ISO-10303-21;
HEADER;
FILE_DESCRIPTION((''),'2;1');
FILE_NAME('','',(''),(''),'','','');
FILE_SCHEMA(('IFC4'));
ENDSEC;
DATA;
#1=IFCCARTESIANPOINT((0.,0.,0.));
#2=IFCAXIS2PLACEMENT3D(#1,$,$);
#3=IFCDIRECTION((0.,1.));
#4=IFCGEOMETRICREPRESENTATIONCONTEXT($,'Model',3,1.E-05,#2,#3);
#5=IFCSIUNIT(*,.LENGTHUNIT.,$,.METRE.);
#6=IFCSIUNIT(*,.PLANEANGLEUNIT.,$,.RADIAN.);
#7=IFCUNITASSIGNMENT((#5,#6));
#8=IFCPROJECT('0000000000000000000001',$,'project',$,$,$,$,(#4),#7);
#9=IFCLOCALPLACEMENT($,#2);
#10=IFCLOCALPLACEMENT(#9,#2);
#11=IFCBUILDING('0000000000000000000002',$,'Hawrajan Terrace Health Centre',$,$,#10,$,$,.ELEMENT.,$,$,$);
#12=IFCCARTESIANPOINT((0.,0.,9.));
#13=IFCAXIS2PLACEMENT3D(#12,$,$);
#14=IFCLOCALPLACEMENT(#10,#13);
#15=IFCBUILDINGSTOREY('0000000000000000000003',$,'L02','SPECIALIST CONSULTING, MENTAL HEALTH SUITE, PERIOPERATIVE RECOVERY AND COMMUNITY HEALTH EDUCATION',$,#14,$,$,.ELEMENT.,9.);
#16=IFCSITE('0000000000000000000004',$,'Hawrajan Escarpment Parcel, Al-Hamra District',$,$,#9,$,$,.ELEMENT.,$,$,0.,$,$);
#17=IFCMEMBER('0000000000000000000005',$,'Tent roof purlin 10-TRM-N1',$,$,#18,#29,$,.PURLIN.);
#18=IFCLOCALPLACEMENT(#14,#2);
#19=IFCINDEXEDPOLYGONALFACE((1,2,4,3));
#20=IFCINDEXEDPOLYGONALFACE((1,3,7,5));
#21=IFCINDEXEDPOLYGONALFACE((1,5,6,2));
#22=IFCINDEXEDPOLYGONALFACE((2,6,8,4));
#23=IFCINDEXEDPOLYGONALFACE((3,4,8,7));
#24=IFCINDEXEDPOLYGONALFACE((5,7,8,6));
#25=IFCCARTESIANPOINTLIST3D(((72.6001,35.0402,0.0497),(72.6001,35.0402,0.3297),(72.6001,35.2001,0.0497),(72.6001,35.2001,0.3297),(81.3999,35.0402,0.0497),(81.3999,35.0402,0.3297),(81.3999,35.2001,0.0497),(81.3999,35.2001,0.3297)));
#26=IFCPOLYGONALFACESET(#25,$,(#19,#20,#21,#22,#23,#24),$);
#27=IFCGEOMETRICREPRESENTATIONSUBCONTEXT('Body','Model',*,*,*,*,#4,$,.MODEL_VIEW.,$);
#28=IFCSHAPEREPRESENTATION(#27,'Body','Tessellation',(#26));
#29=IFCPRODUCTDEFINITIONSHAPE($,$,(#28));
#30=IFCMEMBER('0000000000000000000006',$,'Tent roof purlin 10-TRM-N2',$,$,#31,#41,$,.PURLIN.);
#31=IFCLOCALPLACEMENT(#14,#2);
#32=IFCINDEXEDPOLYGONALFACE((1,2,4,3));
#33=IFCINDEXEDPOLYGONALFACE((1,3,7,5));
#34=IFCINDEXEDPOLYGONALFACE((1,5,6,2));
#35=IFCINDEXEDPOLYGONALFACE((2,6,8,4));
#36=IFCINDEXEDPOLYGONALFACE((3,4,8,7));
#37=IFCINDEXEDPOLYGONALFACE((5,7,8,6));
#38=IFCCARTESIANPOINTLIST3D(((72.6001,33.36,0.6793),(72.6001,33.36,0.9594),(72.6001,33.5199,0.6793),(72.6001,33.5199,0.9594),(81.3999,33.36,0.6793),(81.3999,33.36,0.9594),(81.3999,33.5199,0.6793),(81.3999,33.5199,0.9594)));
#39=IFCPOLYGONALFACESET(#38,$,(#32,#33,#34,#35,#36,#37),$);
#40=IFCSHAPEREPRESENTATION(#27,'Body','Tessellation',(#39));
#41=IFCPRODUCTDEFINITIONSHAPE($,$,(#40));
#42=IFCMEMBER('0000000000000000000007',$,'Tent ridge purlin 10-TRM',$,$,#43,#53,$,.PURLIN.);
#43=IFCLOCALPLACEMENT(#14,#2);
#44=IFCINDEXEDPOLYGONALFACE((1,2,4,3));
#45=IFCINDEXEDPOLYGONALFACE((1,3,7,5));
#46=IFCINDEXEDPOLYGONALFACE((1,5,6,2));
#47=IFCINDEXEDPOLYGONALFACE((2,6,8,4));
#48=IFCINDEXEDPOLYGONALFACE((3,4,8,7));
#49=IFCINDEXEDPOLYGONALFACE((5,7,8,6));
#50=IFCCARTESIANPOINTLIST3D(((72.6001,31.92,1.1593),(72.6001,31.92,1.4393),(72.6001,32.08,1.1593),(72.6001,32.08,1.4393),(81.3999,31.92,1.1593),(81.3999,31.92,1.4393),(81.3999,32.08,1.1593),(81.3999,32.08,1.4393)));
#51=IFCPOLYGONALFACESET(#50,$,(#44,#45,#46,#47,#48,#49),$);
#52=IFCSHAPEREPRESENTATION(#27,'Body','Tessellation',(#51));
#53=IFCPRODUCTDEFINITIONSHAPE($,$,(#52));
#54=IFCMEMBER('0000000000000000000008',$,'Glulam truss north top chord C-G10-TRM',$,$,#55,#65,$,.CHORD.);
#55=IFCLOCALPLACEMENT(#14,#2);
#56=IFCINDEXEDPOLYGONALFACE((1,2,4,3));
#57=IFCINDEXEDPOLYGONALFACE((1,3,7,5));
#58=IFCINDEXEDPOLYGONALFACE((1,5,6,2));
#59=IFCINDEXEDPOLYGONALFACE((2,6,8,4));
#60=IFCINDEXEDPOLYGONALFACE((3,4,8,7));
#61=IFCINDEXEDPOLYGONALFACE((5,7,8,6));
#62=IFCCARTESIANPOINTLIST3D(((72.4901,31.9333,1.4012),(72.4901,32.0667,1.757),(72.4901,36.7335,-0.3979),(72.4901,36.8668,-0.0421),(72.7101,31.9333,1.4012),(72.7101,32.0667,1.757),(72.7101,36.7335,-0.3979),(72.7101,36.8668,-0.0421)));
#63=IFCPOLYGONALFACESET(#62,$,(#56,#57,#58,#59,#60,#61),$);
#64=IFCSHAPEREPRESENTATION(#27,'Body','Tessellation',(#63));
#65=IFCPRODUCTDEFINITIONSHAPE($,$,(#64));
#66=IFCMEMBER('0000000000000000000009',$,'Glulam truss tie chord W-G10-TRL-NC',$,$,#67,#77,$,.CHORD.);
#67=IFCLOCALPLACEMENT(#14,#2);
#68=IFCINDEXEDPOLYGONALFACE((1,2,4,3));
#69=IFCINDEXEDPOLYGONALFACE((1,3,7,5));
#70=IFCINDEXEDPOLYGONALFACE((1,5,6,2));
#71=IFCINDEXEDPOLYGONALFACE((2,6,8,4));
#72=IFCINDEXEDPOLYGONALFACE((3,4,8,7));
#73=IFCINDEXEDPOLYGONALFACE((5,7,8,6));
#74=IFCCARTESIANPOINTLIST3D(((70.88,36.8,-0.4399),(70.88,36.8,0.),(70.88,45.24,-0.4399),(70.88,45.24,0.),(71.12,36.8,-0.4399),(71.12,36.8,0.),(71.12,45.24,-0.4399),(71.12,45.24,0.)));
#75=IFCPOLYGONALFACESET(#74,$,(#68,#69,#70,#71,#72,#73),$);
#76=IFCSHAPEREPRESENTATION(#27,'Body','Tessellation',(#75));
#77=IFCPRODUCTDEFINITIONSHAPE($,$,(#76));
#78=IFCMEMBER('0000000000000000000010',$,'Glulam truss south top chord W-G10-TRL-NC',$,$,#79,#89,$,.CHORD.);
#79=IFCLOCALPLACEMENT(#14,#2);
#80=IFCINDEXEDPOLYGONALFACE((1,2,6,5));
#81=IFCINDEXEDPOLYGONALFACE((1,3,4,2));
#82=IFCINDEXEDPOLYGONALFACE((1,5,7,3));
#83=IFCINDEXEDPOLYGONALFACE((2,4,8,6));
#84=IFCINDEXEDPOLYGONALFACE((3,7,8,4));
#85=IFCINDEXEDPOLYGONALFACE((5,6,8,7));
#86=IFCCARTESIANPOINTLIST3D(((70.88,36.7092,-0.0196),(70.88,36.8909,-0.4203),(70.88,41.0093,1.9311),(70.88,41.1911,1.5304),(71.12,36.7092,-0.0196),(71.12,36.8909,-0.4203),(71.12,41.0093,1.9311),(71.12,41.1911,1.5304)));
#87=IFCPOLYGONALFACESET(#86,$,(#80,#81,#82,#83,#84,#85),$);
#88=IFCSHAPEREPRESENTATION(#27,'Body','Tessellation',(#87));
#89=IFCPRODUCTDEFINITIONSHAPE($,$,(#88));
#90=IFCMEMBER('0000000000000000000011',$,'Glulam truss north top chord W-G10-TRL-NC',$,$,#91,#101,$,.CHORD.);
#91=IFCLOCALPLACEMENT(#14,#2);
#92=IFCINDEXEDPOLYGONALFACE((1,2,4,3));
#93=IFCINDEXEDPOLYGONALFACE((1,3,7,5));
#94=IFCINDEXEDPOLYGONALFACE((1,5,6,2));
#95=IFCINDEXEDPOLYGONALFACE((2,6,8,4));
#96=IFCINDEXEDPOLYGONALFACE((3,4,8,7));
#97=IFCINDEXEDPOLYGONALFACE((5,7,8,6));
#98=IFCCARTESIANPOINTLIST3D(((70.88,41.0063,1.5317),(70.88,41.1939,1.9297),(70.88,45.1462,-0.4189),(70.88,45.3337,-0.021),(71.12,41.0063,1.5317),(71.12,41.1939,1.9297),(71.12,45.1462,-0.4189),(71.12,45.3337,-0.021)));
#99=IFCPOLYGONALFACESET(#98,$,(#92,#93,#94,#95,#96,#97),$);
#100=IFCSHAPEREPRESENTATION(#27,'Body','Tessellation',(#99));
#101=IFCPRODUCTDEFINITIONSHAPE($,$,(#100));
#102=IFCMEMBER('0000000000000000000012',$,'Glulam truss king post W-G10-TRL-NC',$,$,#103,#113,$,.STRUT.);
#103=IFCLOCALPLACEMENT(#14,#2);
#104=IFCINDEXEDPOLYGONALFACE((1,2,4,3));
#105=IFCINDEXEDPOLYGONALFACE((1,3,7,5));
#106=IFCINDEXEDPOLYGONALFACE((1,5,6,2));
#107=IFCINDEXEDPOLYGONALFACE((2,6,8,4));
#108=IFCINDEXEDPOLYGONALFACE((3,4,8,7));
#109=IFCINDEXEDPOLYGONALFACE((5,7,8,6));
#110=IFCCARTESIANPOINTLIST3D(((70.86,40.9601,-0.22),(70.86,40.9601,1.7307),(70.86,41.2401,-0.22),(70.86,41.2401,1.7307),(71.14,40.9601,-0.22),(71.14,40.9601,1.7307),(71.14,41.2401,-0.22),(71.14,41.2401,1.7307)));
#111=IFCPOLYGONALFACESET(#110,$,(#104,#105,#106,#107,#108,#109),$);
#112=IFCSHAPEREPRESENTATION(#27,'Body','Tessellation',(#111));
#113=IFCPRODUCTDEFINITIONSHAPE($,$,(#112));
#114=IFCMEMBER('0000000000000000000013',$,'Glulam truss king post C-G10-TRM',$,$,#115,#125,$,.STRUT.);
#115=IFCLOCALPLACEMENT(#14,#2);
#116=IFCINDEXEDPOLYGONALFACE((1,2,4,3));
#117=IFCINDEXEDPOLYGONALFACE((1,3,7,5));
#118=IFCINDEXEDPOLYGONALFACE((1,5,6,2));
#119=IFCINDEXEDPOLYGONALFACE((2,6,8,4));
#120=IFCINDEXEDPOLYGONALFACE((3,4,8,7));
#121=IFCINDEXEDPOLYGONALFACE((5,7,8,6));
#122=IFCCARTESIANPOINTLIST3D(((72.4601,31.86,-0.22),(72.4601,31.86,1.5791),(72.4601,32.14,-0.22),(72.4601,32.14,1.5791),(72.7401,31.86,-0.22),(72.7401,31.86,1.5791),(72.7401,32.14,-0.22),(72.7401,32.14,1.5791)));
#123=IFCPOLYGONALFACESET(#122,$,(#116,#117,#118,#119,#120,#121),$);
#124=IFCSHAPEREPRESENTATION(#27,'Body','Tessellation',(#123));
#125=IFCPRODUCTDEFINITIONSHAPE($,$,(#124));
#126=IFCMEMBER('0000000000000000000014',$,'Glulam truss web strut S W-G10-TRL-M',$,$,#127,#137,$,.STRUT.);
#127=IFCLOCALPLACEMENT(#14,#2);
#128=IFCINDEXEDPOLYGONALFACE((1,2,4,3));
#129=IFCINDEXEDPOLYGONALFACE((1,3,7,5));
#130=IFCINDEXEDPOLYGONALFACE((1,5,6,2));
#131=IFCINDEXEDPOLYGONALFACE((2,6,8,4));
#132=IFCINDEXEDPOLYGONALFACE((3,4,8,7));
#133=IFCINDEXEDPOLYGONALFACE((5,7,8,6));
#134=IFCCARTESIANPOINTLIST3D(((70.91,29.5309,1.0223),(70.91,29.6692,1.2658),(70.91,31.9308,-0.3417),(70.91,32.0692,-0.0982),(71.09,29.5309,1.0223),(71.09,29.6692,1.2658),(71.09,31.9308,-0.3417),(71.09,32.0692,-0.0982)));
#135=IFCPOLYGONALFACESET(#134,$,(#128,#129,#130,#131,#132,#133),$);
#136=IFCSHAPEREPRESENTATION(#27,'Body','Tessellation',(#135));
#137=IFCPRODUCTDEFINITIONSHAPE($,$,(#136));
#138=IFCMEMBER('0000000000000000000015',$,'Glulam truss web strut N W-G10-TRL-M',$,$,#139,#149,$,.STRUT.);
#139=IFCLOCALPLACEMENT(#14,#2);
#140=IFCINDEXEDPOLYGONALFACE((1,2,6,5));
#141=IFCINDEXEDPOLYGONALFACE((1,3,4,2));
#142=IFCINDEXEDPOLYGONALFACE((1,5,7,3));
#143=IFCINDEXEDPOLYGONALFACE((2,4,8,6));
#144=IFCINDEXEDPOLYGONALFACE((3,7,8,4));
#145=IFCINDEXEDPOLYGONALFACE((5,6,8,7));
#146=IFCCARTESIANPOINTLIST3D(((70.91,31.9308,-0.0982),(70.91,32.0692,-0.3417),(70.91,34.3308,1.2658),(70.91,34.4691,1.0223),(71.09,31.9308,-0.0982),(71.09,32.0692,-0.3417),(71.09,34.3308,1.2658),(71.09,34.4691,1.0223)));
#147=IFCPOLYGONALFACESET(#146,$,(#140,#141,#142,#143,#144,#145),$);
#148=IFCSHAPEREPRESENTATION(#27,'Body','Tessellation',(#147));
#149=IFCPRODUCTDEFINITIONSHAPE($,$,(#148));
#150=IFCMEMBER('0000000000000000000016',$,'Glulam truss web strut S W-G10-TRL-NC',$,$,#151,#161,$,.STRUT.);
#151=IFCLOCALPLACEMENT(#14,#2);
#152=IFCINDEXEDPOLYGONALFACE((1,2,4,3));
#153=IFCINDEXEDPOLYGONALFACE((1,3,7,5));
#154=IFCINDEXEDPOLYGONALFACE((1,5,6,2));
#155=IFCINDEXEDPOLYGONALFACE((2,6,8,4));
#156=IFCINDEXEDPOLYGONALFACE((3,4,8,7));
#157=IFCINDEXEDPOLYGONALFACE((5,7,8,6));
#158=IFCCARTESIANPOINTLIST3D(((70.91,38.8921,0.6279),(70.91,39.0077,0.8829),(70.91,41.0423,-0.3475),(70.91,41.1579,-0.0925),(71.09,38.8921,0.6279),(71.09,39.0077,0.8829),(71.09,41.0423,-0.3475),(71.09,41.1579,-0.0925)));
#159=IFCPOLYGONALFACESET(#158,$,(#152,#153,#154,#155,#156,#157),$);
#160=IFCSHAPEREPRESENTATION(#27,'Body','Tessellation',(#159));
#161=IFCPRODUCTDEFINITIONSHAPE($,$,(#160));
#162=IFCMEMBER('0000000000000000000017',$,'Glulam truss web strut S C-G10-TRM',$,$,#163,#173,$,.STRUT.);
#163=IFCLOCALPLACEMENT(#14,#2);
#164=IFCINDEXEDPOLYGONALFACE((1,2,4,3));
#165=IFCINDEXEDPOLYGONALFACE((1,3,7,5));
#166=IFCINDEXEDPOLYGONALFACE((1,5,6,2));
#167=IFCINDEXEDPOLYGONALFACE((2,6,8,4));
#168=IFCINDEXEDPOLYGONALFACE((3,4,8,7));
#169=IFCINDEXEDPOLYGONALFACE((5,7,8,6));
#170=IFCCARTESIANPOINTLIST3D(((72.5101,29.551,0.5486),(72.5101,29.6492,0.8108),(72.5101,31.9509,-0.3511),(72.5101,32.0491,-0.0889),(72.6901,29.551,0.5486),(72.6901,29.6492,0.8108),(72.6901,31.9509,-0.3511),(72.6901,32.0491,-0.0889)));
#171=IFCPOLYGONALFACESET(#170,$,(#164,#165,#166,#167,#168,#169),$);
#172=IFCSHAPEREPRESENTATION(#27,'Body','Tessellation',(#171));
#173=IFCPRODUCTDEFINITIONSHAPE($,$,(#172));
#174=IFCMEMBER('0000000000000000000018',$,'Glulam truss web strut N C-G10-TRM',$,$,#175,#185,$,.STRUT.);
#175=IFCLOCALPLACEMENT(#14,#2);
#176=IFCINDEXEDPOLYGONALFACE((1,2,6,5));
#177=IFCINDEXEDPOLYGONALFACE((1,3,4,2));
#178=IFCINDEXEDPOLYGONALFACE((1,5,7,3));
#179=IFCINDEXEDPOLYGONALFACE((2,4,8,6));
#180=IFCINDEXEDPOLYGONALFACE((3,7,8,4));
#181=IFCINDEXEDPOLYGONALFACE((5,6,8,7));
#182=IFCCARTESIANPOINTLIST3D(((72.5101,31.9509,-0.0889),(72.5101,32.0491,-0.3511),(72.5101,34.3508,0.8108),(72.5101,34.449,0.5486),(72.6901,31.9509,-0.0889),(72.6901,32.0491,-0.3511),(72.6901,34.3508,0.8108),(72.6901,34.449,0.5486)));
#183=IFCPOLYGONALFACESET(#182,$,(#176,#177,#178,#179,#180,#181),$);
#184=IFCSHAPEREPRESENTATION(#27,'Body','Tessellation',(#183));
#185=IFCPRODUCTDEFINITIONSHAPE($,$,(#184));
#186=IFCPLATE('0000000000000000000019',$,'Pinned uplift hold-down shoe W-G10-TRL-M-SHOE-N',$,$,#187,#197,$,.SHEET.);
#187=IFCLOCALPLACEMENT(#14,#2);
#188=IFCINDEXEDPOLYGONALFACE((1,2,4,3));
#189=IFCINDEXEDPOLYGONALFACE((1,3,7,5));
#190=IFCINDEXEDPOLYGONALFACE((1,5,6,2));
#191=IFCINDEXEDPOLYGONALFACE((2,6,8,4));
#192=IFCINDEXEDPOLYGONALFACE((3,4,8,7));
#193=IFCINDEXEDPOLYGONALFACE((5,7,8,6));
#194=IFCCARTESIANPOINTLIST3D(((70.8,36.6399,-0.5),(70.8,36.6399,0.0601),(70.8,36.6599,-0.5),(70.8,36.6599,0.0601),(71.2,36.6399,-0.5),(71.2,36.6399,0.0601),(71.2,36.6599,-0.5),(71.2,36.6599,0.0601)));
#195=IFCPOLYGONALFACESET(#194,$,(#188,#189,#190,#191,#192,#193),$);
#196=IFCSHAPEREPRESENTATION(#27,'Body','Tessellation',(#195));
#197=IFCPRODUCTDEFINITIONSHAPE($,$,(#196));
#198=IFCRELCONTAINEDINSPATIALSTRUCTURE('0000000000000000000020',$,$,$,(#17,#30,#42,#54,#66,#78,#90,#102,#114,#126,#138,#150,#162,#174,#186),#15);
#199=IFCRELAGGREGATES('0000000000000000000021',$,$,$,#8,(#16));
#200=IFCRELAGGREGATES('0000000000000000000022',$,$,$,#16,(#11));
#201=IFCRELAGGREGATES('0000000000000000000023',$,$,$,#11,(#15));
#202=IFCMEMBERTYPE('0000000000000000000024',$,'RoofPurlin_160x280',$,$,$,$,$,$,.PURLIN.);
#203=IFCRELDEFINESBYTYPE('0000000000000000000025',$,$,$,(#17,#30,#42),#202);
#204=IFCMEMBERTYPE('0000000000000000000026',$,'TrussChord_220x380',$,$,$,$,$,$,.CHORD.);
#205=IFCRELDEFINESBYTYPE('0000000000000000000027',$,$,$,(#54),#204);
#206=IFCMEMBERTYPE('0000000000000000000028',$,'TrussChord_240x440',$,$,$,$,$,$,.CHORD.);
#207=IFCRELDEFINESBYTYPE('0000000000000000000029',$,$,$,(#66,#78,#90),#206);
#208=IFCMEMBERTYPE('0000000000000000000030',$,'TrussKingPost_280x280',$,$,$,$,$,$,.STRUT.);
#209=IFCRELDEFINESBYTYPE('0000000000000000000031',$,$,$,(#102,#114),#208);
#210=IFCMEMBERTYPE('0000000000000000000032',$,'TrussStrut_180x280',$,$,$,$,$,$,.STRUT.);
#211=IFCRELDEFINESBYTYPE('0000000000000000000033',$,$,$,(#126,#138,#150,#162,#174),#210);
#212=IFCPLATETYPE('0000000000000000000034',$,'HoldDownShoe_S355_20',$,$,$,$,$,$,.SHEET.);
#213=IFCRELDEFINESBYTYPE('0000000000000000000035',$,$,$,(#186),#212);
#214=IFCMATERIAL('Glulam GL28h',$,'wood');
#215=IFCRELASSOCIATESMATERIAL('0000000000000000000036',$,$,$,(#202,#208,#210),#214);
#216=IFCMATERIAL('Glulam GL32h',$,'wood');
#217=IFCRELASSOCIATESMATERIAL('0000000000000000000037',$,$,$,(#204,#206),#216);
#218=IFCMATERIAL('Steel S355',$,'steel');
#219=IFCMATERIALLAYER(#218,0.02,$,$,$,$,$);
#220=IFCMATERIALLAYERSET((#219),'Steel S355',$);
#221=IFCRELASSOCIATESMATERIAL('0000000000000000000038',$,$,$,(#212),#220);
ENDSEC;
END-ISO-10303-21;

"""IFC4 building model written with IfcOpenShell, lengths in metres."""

from ifc_helpers import new_model, si_unit, direction, frame, origin, origin_2d, place, context, subcontext, project, spatial, rectangle, extrude, material, layer, layer_set, material_profile, profile_set, type_object, element, save


model = new_model("IFC4")

# Units and contexts
model_context = context("Model", 3, precision=1e-05, world=origin(), true_north=direction((0.0, 1.0)))
body_context = subcontext(model_context, "Body", "Model", "MODEL_VIEW")
ifc_project = project(units=[si_unit("LENGTHUNIT", "METRE"), si_unit("PLANEANGLEUNIT", "RADIAN")], contexts=[model_context])

# Site, building, storey
site_placement = place(None, origin())
site = spatial("IfcSite", under=ifc_project, at=site_placement, Name="Hawrajan Escarpment Parcel, Al-Hamra District", CompositionType="ELEMENT", RefElevation=0.0)
building_placement = place(site_placement, origin())
building = spatial("IfcBuilding", under=site, at=building_placement, Name="Hawrajan Terrace Health Centre", CompositionType="ELEMENT")
storey_placement = place(building_placement, frame((0.0, 0.0, 9.0)))
storey = spatial("IfcBuildingStorey", under=building, at=storey_placement, Name="L02", Description="SPECIALIST CONSULTING, MENTAL HEALTH SUITE, PERIOPERATIVE RECOVERY AND COMMUNITY HEALTH EDUCATION", CompositionType="ELEMENT", Elevation=9.0)

# Members
ifc_material_1 = material(Name="Glulam GL28h", Category="wood")
ifc_material_profile_1 = material_profile(ifc_material_1, rectangle(XDim=0.1599, YDim=0.28, at=origin_2d()), Name="GL PUR 160x280")
ifc_profile_set_1 = profile_set([ifc_material_profile_1], Name="Glulam GL28h")
member_type_1 = type_object("IfcMemberType", Name="RoofPurlin_160x280", PredefinedType="PURLIN", material=ifc_profile_set_1)
for number, where, z_axis, x_axis, name in (
    (1, (72.6001, 35.1201, 0.1897), (1.0, 0.0, 0.0), (0.0, 1.0, 0.0), "Tent roof purlin 10-TRM-N1"),
    (2, (72.6001, 33.4399, 0.8193), (1.0, 0.0, 0.0), (0.0, 1.0, 0.0), "Tent roof purlin 10-TRM-N2"),
    (3, (72.6001, 32.0, 1.2993), (1.0, 0.0, 0.0), (0.0, 1.0, 0.0), "Tent ridge purlin 10-TRM"),
):
    element("IfcMember", number, at=place(storey_placement, frame(where, z_axis=z_axis, x_axis=x_axis)), inside=storey, type_object=member_type_1, Name=name, PredefinedType="PURLIN", context=body_context, shape_type="SweptSolid", body=[
        extrude(rectangle(XDim=0.1599, YDim=0.28, at=origin_2d()), origin(), (0.0, 0.0, 1.0), 8.7998),
    ])
ifc_material_2 = material(Name="Glulam GL32h", Category="wood")
ifc_material_profile_2 = material_profile(ifc_material_2, rectangle(XDim=0.22, YDim=0.3799, at=origin_2d()), Name="GL CHD 220x380")
ifc_profile_set_2 = profile_set([ifc_material_profile_2], Name="Glulam GL32h")
member_type_2 = type_object("IfcMemberType", Name="TrussChord_220x380", PredefinedType="CHORD", material=ifc_profile_set_2)
member_1_placement = place(storey_placement, frame((72.6001, 32.0, 1.5791), z_axis=(0.0, 0.93639, -0.350962), x_axis=(-1.0, 0.0, 0.0)))
element("IfcMember", 4, at=member_1_placement, inside=storey, type_object=member_type_2, Name="Glulam truss north top chord C-G10-TRM", PredefinedType="CHORD", context=body_context, shape_type="SweptSolid", body=[
    extrude(rectangle(XDim=0.22, YDim=0.3799, at=origin_2d()), origin(), (0.0, 0.0, 1.0), 5.1262),
])
ifc_material_profile_3 = material_profile(ifc_material_2, rectangle(XDim=0.24, YDim=0.4399, at=origin_2d()), Name="GL CHD 240x440")
ifc_profile_set_3 = profile_set([ifc_material_profile_3], Name="Glulam GL32h")
member_type_3 = type_object("IfcMemberType", Name="TrussChord_240x440", PredefinedType="CHORD", material=ifc_profile_set_3)
member_2_placement = place(storey_placement, frame((71.0, 36.8, -0.22), z_axis=(0.0, 1.0, 0.0), x_axis=(-1.0, 0.0, 0.0)))
element("IfcMember", 5, at=member_2_placement, inside=storey, type_object=member_type_3, Name="Glulam truss tie chord W-G10-TRL-NC", PredefinedType="CHORD", context=body_context, shape_type="SweptSolid", body=[
    extrude(rectangle(XDim=0.24, YDim=0.4399, at=origin_2d()), origin(), (0.0, 0.0, 1.0), 8.4399),
])
member_3_placement = place(storey_placement, frame((71.0, 36.8, -0.22), z_axis=(0.0, 0.910676, 0.413121), x_axis=(-1.0, 0.0, 0.0)))
element("IfcMember", 6, at=member_3_placement, inside=storey, type_object=member_type_3, Name="Glulam truss south top chord W-G10-TRL-NC", PredefinedType="CHORD", context=body_context, shape_type="SweptSolid", body=[
    extrude(rectangle(XDim=0.24, YDim=0.4399, at=origin_2d()), origin(), (0.0, 0.0, 1.0), 4.7219),
])
member_4_placement = place(storey_placement, frame((71.0, 41.1001, 1.7307), z_axis=(0.0, 0.904608, -0.426244), x_axis=(-1.0, 0.0, 0.0)))
element("IfcMember", 7, at=member_4_placement, inside=storey, type_object=member_type_3, Name="Glulam truss north top chord W-G10-TRL-NC", PredefinedType="CHORD", context=body_context, shape_type="SweptSolid", body=[
    extrude(rectangle(XDim=0.24, YDim=0.4399, at=origin_2d()), origin(), (0.0, 0.0, 1.0), 4.5764),
])
ifc_material_profile_4 = material_profile(ifc_material_1, rectangle(XDim=0.28, YDim=0.28, at=origin_2d()), Name="GL KP 280x280")
ifc_profile_set_4 = profile_set([ifc_material_profile_4], Name="Glulam GL28h")
member_type_4 = type_object("IfcMemberType", Name="TrussKingPost_280x280", PredefinedType="STRUT", material=ifc_profile_set_4)
member_5_placement = place(storey_placement, frame((71.0, 41.1001, -0.22), z_axis=(0.0, 0.0, 1.0), x_axis=(1.0, 0.0, 0.0)))
element("IfcMember", 8, at=member_5_placement, inside=storey, type_object=member_type_4, Name="Glulam truss king post W-G10-TRL-NC", PredefinedType="STRUT", context=body_context, shape_type="SweptSolid", body=[
    extrude(rectangle(XDim=0.28, YDim=0.28, at=origin_2d()), origin(), (0.0, 0.0, 1.0), 1.9507),
])
member_6_placement = place(storey_placement, frame((72.6001, 32.0, -0.22), z_axis=(0.0, 0.0, 1.0), x_axis=(1.0, 0.0, 0.0)))
element("IfcMember", 9, at=member_6_placement, inside=storey, type_object=member_type_4, Name="Glulam truss king post C-G10-TRM", PredefinedType="STRUT", context=body_context, shape_type="SweptSolid", body=[
    extrude(rectangle(XDim=0.28, YDim=0.28, at=origin_2d()), origin(), (0.0, 0.0, 1.0), 1.7991),
])
ifc_material_profile_5 = material_profile(ifc_material_1, rectangle(XDim=0.1799, YDim=0.28, at=origin_2d()), Name="GL WEB 180x280")
ifc_profile_set_5 = profile_set([ifc_material_profile_5], Name="Glulam GL28h")
member_type_5 = type_object("IfcMemberType", Name="TrussStrut_180x280", PredefinedType="STRUT", material=ifc_profile_set_5)
for number, where, z_axis, x_axis, name in (
    (10, (71.0, 32.0, -0.22), (0.0, -0.869389, 0.494128), (1.0, 0.0, 0.0), "Glulam truss web strut S W-G10-TRL-M"),
    (11, (71.0, 32.0, -0.22), (0.0, 0.869389, 0.494128), (-1.0, 0.0, 0.0), "Glulam truss web strut N W-G10-TRL-M"),
):
    element("IfcMember", number, at=place(storey_placement, frame(where, z_axis=z_axis, x_axis=x_axis)), inside=storey, type_object=member_type_5, Name=name, PredefinedType="STRUT", context=body_context, shape_type="SweptSolid", body=[
        extrude(rectangle(XDim=0.1799, YDim=0.28, at=origin_2d()), origin(), (0.0, 0.0, 1.0), 2.7605),
    ])
member_7_placement = place(storey_placement, frame((71.0, 41.1001, -0.22), z_axis=(0.0, -0.910685, 0.413102), x_axis=(1.0, 0.0, 0.0)))
element("IfcMember", 12, at=member_7_placement, inside=storey, type_object=member_type_5, Name="Glulam truss web strut S W-G10-TRL-NC", PredefinedType="STRUT", context=body_context, shape_type="SweptSolid", body=[
    extrude(rectangle(XDim=0.1799, YDim=0.28, at=origin_2d()), origin(), (0.0, 0.0, 1.0), 2.3611),
])
for number, where, z_axis, x_axis, name in (
    (13, (72.6001, 32.0, -0.22), (0.0, -0.936368, 0.351019), (1.0, 0.0, 0.0), "Glulam truss web strut S C-G10-TRM"),
    (14, (72.6001, 32.0, -0.22), (0.0, 0.936368, 0.351019), (-1.0, 0.0, 0.0), "Glulam truss web strut N C-G10-TRM"),
):
    element("IfcMember", number, at=place(storey_placement, frame(where, z_axis=z_axis, x_axis=x_axis)), inside=storey, type_object=member_type_5, Name=name, PredefinedType="STRUT", context=body_context, shape_type="SweptSolid", body=[
        extrude(rectangle(XDim=0.1799, YDim=0.28, at=origin_2d()), origin(), (0.0, 0.0, 1.0), 2.563),
    ])

# Plate
ifc_material_3 = material(Name="Steel S355", Category="steel")
ifc_layer_1 = layer(ifc_material_3, 0.02)
ifc_layer_set_1 = layer_set([ifc_layer_1], Name="Steel S355")
plate_type_1 = type_object("IfcPlateType", Name="HoldDownShoe_S355_20", PredefinedType="SHEET", material=ifc_layer_set_1)
for number, where, z_axis, x_axis, name in (
    (15, (71.0, 36.6499, -0.5), (0.0, 0.0, 1.0), (1.0, 0.0, 0.0), "Pinned uplift hold-down shoe W-G10-TRL-M-SHOE-N"),
):
    element("IfcPlate", number, at=place(storey_placement, frame(where, z_axis=z_axis, x_axis=x_axis)), inside=storey, type_object=plate_type_1, Name=name, PredefinedType="SHEET", context=body_context, shape_type="SweptSolid", body=[
        extrude(rectangle(XDim=0.3999, YDim=0.02, at=origin_2d()), origin(), (0.0, 0.0, 1.0), 0.5601),
    ])

save(model, "model.ifc")
